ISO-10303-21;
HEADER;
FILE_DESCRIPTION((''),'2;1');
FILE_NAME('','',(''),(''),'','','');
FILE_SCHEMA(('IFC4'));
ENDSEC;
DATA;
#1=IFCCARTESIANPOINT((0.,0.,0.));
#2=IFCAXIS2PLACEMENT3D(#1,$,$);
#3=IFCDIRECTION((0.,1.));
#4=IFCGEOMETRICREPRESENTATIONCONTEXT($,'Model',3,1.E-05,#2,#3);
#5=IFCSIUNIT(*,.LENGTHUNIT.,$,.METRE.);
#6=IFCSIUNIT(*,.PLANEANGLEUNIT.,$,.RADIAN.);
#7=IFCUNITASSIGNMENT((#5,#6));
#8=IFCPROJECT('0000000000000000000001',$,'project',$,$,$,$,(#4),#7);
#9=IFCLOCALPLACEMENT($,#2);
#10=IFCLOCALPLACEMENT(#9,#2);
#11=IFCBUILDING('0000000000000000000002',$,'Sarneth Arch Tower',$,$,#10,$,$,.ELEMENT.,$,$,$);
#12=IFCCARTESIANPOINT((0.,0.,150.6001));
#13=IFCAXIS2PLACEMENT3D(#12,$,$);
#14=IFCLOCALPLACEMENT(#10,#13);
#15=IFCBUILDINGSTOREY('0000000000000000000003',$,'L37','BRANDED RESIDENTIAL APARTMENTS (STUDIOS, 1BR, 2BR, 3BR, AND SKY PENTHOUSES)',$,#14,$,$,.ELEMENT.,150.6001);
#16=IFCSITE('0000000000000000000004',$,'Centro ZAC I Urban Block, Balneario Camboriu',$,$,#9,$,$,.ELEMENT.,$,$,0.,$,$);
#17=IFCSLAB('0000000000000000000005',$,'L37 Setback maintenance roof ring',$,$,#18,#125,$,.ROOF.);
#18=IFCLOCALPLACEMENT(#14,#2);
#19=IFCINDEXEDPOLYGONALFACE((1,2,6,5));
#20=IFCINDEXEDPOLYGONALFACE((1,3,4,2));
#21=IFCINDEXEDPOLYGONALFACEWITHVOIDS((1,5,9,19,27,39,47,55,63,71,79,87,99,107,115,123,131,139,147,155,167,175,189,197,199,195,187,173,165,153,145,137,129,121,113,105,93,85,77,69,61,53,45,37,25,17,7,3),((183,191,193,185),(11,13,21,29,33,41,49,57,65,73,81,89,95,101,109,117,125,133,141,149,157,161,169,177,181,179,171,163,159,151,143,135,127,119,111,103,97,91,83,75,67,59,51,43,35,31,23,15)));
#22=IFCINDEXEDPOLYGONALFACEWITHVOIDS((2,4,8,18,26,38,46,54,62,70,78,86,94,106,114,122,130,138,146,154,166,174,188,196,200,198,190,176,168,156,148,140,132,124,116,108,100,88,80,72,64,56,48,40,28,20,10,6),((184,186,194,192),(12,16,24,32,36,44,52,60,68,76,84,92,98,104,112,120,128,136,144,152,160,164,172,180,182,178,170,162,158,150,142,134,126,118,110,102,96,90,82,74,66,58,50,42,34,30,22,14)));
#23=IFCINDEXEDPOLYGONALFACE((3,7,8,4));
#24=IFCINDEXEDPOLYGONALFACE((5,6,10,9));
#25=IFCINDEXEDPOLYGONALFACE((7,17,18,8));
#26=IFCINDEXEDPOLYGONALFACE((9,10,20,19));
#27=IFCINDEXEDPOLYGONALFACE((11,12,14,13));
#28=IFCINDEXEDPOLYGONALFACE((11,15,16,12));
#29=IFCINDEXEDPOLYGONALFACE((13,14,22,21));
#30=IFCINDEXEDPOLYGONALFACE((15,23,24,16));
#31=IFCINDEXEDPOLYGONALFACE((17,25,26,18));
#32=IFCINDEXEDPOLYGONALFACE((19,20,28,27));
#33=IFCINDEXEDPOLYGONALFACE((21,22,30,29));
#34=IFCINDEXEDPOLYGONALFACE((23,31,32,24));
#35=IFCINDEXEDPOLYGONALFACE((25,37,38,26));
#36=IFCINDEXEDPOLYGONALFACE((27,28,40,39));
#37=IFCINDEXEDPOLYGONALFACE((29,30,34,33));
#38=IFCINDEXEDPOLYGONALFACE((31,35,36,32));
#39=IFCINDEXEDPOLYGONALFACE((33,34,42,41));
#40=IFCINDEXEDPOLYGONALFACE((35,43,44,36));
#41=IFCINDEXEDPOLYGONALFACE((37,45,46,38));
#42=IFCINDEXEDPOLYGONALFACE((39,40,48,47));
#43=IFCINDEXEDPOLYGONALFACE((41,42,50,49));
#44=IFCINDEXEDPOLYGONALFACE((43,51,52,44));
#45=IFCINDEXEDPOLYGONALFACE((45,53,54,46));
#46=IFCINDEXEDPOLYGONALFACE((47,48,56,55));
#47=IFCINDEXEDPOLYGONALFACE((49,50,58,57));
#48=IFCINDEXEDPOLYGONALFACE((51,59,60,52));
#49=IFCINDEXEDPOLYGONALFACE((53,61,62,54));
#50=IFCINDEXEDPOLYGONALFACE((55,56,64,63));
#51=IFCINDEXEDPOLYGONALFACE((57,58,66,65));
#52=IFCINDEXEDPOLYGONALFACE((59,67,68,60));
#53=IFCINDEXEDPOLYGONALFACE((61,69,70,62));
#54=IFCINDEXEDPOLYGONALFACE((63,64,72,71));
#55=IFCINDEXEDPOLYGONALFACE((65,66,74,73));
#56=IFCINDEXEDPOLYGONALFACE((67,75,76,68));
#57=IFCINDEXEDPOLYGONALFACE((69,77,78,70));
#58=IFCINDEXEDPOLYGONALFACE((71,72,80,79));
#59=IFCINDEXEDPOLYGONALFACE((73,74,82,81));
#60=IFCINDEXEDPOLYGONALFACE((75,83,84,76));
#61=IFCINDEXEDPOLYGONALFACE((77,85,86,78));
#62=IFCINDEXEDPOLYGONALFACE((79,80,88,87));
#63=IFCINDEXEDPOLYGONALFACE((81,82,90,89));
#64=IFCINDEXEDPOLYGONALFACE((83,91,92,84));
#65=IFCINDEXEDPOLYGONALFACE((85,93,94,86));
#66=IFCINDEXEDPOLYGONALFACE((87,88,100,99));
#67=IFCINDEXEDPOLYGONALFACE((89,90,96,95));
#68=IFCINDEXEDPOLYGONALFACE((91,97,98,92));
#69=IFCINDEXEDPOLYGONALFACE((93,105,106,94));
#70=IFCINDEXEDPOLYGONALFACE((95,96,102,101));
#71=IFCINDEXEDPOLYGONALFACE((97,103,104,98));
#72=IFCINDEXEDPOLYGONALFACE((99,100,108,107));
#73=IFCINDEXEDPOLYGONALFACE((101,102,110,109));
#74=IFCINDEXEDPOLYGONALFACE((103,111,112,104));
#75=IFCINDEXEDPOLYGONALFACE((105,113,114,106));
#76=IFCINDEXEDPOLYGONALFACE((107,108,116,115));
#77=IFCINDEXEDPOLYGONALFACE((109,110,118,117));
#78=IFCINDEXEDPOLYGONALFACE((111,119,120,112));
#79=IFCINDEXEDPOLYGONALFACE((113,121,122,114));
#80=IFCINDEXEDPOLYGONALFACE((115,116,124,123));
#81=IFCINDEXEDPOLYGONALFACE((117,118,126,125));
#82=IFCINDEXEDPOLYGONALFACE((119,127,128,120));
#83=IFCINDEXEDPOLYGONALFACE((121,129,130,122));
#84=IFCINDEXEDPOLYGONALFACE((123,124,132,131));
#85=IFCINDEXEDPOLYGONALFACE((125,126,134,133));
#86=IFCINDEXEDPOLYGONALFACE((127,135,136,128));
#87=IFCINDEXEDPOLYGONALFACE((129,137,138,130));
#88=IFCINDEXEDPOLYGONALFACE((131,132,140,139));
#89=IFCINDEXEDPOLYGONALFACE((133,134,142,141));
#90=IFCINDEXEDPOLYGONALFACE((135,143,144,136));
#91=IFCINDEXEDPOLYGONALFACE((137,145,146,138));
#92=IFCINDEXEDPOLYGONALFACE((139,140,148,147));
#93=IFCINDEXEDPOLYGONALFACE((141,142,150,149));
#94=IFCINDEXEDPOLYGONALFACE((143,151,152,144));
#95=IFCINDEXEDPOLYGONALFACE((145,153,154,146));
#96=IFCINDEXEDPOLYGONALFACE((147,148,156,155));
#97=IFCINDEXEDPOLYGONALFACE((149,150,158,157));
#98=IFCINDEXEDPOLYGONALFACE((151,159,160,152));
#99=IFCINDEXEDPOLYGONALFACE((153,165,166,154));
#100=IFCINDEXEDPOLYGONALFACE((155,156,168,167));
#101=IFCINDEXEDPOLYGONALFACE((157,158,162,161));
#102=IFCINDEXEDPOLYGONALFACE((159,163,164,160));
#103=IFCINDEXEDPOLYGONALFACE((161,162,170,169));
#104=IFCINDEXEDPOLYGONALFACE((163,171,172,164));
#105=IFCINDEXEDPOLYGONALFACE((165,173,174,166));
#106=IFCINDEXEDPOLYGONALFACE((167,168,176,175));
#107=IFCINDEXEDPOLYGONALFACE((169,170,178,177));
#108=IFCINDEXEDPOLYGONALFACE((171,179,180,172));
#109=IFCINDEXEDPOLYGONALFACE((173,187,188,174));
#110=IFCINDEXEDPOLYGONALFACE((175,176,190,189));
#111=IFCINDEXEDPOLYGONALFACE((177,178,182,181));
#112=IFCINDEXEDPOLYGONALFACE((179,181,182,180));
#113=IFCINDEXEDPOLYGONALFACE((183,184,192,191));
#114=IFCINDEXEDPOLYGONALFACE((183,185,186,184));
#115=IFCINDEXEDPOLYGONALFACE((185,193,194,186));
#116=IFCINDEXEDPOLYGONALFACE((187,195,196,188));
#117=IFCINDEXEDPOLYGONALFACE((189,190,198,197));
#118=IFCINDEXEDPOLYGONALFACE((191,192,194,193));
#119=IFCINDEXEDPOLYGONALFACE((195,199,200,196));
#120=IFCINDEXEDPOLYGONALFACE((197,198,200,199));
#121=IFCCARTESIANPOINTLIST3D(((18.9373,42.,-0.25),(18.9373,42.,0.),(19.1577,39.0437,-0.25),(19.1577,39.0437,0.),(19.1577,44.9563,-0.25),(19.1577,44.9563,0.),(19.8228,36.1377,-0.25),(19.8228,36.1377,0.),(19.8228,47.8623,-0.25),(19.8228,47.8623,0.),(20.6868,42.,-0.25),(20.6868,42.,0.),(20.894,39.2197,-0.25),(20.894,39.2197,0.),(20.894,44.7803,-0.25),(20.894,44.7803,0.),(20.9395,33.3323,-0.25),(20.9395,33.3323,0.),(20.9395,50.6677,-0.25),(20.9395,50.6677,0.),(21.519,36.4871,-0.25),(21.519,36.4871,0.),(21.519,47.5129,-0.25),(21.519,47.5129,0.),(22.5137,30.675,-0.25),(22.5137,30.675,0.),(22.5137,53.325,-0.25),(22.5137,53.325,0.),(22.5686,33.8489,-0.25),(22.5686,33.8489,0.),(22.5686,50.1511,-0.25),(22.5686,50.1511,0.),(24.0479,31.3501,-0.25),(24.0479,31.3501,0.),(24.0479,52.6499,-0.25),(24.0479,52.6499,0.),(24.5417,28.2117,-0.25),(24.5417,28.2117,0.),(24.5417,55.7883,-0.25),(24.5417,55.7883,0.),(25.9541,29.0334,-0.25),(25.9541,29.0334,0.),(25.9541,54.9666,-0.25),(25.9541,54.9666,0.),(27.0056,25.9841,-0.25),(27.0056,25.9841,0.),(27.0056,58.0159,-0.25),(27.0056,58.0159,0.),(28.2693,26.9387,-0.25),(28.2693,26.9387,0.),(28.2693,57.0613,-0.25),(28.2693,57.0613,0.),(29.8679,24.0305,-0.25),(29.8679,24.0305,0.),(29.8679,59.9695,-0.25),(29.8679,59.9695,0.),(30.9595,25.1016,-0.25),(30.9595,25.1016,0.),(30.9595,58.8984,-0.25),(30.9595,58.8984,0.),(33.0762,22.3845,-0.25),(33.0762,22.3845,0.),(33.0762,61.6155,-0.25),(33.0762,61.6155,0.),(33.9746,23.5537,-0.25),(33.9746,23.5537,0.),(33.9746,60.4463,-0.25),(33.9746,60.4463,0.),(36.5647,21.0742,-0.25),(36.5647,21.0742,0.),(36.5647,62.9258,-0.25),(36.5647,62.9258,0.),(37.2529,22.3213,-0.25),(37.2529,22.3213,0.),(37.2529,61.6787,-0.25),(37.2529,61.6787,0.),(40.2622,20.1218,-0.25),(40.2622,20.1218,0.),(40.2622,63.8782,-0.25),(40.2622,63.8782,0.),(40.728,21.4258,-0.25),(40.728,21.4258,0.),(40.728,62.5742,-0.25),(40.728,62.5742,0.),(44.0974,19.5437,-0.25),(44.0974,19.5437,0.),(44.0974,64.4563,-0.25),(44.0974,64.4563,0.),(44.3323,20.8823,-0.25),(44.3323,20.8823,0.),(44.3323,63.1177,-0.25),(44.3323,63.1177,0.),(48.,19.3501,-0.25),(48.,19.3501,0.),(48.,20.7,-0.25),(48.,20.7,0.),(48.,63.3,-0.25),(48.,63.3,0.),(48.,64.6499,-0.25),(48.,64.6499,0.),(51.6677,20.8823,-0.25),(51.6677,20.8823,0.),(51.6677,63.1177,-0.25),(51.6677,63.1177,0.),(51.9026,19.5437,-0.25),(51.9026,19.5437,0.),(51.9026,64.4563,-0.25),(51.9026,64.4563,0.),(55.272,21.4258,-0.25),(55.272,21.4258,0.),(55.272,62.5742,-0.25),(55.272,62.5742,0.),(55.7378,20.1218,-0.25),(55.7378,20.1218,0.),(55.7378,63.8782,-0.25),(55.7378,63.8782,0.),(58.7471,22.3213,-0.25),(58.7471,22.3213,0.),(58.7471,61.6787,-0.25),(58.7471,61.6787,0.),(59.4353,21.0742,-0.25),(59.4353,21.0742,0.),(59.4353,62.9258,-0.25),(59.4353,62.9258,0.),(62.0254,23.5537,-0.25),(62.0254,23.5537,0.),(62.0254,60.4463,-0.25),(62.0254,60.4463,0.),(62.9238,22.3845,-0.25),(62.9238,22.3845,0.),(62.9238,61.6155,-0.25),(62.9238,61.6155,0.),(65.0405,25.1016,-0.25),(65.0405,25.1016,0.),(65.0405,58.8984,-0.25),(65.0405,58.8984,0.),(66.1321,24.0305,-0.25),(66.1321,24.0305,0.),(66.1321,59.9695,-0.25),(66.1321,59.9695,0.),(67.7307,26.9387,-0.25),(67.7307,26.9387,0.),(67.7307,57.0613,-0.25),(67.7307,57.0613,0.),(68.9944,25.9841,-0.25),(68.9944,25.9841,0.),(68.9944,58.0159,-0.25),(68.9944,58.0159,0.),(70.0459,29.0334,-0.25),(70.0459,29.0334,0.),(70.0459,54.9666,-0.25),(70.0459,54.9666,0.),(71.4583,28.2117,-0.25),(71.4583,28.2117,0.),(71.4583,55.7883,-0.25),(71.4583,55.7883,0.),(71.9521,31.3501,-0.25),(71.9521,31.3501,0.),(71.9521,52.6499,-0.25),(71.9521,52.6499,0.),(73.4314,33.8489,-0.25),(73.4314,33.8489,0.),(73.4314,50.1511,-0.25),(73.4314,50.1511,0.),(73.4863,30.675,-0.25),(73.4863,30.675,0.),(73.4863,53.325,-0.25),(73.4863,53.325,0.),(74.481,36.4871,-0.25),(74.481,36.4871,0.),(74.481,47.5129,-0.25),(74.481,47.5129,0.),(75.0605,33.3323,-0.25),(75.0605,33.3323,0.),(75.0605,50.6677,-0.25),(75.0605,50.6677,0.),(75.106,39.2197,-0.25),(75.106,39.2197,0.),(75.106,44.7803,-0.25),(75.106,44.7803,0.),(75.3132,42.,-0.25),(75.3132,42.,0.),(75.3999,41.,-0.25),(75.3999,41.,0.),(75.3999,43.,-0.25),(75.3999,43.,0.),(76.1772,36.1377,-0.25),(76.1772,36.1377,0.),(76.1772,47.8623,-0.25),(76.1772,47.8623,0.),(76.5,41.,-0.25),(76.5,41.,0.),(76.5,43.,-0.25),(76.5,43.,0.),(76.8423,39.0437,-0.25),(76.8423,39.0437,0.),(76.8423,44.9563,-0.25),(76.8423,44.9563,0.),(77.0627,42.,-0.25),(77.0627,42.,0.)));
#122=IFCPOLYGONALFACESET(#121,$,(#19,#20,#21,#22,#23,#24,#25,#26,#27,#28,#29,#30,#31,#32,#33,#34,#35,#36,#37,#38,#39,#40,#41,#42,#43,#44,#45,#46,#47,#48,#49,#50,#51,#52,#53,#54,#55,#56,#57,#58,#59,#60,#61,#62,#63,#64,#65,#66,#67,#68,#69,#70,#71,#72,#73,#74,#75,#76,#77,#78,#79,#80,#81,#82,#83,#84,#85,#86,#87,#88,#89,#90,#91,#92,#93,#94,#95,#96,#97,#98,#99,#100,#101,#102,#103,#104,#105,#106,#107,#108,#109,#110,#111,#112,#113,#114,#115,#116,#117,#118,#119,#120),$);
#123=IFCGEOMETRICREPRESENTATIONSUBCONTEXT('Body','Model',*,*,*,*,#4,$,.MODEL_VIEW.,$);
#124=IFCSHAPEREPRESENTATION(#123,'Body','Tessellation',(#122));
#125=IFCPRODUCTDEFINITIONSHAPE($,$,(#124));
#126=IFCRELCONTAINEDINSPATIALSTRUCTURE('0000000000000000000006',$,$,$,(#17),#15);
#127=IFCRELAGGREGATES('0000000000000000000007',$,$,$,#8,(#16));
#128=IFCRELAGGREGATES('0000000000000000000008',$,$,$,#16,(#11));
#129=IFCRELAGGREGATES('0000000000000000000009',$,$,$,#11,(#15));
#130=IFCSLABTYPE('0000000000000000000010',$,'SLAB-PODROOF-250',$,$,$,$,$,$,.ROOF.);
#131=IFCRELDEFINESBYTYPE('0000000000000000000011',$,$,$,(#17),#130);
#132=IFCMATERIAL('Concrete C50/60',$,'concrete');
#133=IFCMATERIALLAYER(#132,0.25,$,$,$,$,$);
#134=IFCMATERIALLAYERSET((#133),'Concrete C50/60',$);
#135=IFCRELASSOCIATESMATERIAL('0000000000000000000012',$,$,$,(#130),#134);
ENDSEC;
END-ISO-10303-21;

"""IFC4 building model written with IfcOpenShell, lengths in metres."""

from ifc_helpers import new_model, si_unit, direction, frame, origin, place, context, subcontext, project, spatial, polyline, outline, extrude, material, layer, layer_set, type_object, element, save


model = new_model("IFC4")

# Units and contexts
model_context = context("Model", 3, precision=1e-05, world=origin(), true_north=direction((0.0, 1.0)))
body_context = subcontext(model_context, "Body", "Model", "MODEL_VIEW")
ifc_project = project(units=[si_unit("LENGTHUNIT", "METRE"), si_unit("PLANEANGLEUNIT", "RADIAN")], contexts=[model_context])

# Site, building, storey
site_placement = place(None, origin())
site = spatial("IfcSite", under=ifc_project, at=site_placement, Name="Centro ZAC I Urban Block, Balneario Camboriu", CompositionType="ELEMENT", RefElevation=0.0)
building_placement = place(site_placement, origin())
building = spatial("IfcBuilding", under=site, at=building_placement, Name="Sarneth Arch Tower", CompositionType="ELEMENT")
storey_placement = place(building_placement, frame((0.0, 0.0, 150.6001)))
storey = spatial("IfcBuildingStorey", under=building, at=storey_placement, Name="L37", Description="BRANDED RESIDENTIAL APARTMENTS (STUDIOS, 1BR, 2BR, 3BR, AND SKY PENTHOUSES)", CompositionType="ELEMENT", Elevation=150.6001)

# Slab
ifc_material_1 = material(Name="Concrete C50/60", Category="concrete")
ifc_layer_1 = layer(ifc_material_1, 0.25)
ifc_layer_set_1 = layer_set([ifc_layer_1], Name="Concrete C50/60")
slab_type_1 = type_object("IfcSlabType", Name="SLAB-PODROOF-250", PredefinedType="ROOF", material=ifc_layer_set_1)
slab_1_placement = place(storey_placement, frame((0.0, 0.0, -0.25)))
element("IfcSlab", 1, at=slab_1_placement, inside=storey, type_object=slab_type_1, Name="L37 Setback maintenance roof ring", PredefinedType="ROOF", context=body_context, shape_type="SweptSolid", body=[
    extrude(outline(polyline([(77.0627, 42.0), (76.8423, 44.9563), (76.1772, 47.8623), (75.0605, 50.6677), (73.4863, 53.325), (71.4583, 55.7883), (68.9944, 58.0159), (66.1321, 59.9695), (62.9238, 61.6155), (59.4353, 62.9258), (55.7378, 63.8782), (51.9026, 64.4563), (48.0, 64.6499), (44.0974, 64.4563), (40.2622, 63.8782), (36.5647, 62.9258), (33.0762, 61.6155), (29.8679, 59.9695), (27.0056, 58.0159), (24.5417, 55.7883), (22.5137, 53.325), (20.9395, 50.6677), (19.8228, 47.8623), (19.1577, 44.9563), (18.9373, 42.0), (19.1577, 39.0437), (19.8228, 36.1377), (20.9395, 33.3323), (22.5137, 30.675), (24.5417, 28.2117), (27.0056, 25.9841), (29.8679, 24.0305), (33.0762, 22.3845), (36.5647, 21.0742), (40.2622, 20.1218), (44.0974, 19.5437), (48.0, 19.3501), (51.9026, 19.5437), (55.7378, 20.1218), (59.4353, 21.0742), (62.9238, 22.3845), (66.1321, 24.0305), (68.9944, 25.9841), (71.4583, 28.2117), (73.4863, 30.675), (75.0605, 33.3323), (76.1772, 36.1377), (76.8423, 39.0437), (77.0627, 42.0)]), holes=[polyline([(75.3132, 42.0), (75.106, 44.7803), (74.481, 47.5129), (73.4314, 50.1511), (71.9521, 52.6499), (70.0459, 54.9666), (67.7307, 57.0613), (65.0405, 58.8984), (62.0254, 60.4463), (58.7471, 61.6787), (55.272, 62.5742), (51.6677, 63.1177), (48.0, 63.3), (44.3323, 63.1177), (40.728, 62.5742), (37.2529, 61.6787), (33.9746, 60.4463), (30.9595, 58.8984), (28.2693, 57.0613), (25.9541, 54.9666), (24.0479, 52.6499), (22.5686, 50.1511), (21.519, 47.5129), (20.894, 44.7803), (20.6868, 42.0), (20.894, 39.2197), (21.519, 36.4871), (22.5686, 33.8489), (24.0479, 31.3501), (25.9541, 29.0334), (28.2693, 26.9387), (30.9595, 25.1016), (33.9746, 23.5537), (37.2529, 22.3213), (40.728, 21.4258), (44.3323, 20.8823), (48.0, 20.7), (51.6677, 20.8823), (55.272, 21.4258), (58.7471, 22.3213), (62.0254, 23.5537), (65.0405, 25.1016), (67.7307, 26.9387), (70.0459, 29.0334), (71.9521, 31.3501), (73.4314, 33.8489), (74.481, 36.4871), (75.106, 39.2197), (75.3132, 42.0)]), polyline([(75.3999, 41.0), (76.5, 41.0), (76.5, 43.0), (75.3999, 43.0), (75.3999, 41.0)])]), origin(), (0.0, 0.0, 1.0), 0.25),
])

save(model, "model.ifc")
